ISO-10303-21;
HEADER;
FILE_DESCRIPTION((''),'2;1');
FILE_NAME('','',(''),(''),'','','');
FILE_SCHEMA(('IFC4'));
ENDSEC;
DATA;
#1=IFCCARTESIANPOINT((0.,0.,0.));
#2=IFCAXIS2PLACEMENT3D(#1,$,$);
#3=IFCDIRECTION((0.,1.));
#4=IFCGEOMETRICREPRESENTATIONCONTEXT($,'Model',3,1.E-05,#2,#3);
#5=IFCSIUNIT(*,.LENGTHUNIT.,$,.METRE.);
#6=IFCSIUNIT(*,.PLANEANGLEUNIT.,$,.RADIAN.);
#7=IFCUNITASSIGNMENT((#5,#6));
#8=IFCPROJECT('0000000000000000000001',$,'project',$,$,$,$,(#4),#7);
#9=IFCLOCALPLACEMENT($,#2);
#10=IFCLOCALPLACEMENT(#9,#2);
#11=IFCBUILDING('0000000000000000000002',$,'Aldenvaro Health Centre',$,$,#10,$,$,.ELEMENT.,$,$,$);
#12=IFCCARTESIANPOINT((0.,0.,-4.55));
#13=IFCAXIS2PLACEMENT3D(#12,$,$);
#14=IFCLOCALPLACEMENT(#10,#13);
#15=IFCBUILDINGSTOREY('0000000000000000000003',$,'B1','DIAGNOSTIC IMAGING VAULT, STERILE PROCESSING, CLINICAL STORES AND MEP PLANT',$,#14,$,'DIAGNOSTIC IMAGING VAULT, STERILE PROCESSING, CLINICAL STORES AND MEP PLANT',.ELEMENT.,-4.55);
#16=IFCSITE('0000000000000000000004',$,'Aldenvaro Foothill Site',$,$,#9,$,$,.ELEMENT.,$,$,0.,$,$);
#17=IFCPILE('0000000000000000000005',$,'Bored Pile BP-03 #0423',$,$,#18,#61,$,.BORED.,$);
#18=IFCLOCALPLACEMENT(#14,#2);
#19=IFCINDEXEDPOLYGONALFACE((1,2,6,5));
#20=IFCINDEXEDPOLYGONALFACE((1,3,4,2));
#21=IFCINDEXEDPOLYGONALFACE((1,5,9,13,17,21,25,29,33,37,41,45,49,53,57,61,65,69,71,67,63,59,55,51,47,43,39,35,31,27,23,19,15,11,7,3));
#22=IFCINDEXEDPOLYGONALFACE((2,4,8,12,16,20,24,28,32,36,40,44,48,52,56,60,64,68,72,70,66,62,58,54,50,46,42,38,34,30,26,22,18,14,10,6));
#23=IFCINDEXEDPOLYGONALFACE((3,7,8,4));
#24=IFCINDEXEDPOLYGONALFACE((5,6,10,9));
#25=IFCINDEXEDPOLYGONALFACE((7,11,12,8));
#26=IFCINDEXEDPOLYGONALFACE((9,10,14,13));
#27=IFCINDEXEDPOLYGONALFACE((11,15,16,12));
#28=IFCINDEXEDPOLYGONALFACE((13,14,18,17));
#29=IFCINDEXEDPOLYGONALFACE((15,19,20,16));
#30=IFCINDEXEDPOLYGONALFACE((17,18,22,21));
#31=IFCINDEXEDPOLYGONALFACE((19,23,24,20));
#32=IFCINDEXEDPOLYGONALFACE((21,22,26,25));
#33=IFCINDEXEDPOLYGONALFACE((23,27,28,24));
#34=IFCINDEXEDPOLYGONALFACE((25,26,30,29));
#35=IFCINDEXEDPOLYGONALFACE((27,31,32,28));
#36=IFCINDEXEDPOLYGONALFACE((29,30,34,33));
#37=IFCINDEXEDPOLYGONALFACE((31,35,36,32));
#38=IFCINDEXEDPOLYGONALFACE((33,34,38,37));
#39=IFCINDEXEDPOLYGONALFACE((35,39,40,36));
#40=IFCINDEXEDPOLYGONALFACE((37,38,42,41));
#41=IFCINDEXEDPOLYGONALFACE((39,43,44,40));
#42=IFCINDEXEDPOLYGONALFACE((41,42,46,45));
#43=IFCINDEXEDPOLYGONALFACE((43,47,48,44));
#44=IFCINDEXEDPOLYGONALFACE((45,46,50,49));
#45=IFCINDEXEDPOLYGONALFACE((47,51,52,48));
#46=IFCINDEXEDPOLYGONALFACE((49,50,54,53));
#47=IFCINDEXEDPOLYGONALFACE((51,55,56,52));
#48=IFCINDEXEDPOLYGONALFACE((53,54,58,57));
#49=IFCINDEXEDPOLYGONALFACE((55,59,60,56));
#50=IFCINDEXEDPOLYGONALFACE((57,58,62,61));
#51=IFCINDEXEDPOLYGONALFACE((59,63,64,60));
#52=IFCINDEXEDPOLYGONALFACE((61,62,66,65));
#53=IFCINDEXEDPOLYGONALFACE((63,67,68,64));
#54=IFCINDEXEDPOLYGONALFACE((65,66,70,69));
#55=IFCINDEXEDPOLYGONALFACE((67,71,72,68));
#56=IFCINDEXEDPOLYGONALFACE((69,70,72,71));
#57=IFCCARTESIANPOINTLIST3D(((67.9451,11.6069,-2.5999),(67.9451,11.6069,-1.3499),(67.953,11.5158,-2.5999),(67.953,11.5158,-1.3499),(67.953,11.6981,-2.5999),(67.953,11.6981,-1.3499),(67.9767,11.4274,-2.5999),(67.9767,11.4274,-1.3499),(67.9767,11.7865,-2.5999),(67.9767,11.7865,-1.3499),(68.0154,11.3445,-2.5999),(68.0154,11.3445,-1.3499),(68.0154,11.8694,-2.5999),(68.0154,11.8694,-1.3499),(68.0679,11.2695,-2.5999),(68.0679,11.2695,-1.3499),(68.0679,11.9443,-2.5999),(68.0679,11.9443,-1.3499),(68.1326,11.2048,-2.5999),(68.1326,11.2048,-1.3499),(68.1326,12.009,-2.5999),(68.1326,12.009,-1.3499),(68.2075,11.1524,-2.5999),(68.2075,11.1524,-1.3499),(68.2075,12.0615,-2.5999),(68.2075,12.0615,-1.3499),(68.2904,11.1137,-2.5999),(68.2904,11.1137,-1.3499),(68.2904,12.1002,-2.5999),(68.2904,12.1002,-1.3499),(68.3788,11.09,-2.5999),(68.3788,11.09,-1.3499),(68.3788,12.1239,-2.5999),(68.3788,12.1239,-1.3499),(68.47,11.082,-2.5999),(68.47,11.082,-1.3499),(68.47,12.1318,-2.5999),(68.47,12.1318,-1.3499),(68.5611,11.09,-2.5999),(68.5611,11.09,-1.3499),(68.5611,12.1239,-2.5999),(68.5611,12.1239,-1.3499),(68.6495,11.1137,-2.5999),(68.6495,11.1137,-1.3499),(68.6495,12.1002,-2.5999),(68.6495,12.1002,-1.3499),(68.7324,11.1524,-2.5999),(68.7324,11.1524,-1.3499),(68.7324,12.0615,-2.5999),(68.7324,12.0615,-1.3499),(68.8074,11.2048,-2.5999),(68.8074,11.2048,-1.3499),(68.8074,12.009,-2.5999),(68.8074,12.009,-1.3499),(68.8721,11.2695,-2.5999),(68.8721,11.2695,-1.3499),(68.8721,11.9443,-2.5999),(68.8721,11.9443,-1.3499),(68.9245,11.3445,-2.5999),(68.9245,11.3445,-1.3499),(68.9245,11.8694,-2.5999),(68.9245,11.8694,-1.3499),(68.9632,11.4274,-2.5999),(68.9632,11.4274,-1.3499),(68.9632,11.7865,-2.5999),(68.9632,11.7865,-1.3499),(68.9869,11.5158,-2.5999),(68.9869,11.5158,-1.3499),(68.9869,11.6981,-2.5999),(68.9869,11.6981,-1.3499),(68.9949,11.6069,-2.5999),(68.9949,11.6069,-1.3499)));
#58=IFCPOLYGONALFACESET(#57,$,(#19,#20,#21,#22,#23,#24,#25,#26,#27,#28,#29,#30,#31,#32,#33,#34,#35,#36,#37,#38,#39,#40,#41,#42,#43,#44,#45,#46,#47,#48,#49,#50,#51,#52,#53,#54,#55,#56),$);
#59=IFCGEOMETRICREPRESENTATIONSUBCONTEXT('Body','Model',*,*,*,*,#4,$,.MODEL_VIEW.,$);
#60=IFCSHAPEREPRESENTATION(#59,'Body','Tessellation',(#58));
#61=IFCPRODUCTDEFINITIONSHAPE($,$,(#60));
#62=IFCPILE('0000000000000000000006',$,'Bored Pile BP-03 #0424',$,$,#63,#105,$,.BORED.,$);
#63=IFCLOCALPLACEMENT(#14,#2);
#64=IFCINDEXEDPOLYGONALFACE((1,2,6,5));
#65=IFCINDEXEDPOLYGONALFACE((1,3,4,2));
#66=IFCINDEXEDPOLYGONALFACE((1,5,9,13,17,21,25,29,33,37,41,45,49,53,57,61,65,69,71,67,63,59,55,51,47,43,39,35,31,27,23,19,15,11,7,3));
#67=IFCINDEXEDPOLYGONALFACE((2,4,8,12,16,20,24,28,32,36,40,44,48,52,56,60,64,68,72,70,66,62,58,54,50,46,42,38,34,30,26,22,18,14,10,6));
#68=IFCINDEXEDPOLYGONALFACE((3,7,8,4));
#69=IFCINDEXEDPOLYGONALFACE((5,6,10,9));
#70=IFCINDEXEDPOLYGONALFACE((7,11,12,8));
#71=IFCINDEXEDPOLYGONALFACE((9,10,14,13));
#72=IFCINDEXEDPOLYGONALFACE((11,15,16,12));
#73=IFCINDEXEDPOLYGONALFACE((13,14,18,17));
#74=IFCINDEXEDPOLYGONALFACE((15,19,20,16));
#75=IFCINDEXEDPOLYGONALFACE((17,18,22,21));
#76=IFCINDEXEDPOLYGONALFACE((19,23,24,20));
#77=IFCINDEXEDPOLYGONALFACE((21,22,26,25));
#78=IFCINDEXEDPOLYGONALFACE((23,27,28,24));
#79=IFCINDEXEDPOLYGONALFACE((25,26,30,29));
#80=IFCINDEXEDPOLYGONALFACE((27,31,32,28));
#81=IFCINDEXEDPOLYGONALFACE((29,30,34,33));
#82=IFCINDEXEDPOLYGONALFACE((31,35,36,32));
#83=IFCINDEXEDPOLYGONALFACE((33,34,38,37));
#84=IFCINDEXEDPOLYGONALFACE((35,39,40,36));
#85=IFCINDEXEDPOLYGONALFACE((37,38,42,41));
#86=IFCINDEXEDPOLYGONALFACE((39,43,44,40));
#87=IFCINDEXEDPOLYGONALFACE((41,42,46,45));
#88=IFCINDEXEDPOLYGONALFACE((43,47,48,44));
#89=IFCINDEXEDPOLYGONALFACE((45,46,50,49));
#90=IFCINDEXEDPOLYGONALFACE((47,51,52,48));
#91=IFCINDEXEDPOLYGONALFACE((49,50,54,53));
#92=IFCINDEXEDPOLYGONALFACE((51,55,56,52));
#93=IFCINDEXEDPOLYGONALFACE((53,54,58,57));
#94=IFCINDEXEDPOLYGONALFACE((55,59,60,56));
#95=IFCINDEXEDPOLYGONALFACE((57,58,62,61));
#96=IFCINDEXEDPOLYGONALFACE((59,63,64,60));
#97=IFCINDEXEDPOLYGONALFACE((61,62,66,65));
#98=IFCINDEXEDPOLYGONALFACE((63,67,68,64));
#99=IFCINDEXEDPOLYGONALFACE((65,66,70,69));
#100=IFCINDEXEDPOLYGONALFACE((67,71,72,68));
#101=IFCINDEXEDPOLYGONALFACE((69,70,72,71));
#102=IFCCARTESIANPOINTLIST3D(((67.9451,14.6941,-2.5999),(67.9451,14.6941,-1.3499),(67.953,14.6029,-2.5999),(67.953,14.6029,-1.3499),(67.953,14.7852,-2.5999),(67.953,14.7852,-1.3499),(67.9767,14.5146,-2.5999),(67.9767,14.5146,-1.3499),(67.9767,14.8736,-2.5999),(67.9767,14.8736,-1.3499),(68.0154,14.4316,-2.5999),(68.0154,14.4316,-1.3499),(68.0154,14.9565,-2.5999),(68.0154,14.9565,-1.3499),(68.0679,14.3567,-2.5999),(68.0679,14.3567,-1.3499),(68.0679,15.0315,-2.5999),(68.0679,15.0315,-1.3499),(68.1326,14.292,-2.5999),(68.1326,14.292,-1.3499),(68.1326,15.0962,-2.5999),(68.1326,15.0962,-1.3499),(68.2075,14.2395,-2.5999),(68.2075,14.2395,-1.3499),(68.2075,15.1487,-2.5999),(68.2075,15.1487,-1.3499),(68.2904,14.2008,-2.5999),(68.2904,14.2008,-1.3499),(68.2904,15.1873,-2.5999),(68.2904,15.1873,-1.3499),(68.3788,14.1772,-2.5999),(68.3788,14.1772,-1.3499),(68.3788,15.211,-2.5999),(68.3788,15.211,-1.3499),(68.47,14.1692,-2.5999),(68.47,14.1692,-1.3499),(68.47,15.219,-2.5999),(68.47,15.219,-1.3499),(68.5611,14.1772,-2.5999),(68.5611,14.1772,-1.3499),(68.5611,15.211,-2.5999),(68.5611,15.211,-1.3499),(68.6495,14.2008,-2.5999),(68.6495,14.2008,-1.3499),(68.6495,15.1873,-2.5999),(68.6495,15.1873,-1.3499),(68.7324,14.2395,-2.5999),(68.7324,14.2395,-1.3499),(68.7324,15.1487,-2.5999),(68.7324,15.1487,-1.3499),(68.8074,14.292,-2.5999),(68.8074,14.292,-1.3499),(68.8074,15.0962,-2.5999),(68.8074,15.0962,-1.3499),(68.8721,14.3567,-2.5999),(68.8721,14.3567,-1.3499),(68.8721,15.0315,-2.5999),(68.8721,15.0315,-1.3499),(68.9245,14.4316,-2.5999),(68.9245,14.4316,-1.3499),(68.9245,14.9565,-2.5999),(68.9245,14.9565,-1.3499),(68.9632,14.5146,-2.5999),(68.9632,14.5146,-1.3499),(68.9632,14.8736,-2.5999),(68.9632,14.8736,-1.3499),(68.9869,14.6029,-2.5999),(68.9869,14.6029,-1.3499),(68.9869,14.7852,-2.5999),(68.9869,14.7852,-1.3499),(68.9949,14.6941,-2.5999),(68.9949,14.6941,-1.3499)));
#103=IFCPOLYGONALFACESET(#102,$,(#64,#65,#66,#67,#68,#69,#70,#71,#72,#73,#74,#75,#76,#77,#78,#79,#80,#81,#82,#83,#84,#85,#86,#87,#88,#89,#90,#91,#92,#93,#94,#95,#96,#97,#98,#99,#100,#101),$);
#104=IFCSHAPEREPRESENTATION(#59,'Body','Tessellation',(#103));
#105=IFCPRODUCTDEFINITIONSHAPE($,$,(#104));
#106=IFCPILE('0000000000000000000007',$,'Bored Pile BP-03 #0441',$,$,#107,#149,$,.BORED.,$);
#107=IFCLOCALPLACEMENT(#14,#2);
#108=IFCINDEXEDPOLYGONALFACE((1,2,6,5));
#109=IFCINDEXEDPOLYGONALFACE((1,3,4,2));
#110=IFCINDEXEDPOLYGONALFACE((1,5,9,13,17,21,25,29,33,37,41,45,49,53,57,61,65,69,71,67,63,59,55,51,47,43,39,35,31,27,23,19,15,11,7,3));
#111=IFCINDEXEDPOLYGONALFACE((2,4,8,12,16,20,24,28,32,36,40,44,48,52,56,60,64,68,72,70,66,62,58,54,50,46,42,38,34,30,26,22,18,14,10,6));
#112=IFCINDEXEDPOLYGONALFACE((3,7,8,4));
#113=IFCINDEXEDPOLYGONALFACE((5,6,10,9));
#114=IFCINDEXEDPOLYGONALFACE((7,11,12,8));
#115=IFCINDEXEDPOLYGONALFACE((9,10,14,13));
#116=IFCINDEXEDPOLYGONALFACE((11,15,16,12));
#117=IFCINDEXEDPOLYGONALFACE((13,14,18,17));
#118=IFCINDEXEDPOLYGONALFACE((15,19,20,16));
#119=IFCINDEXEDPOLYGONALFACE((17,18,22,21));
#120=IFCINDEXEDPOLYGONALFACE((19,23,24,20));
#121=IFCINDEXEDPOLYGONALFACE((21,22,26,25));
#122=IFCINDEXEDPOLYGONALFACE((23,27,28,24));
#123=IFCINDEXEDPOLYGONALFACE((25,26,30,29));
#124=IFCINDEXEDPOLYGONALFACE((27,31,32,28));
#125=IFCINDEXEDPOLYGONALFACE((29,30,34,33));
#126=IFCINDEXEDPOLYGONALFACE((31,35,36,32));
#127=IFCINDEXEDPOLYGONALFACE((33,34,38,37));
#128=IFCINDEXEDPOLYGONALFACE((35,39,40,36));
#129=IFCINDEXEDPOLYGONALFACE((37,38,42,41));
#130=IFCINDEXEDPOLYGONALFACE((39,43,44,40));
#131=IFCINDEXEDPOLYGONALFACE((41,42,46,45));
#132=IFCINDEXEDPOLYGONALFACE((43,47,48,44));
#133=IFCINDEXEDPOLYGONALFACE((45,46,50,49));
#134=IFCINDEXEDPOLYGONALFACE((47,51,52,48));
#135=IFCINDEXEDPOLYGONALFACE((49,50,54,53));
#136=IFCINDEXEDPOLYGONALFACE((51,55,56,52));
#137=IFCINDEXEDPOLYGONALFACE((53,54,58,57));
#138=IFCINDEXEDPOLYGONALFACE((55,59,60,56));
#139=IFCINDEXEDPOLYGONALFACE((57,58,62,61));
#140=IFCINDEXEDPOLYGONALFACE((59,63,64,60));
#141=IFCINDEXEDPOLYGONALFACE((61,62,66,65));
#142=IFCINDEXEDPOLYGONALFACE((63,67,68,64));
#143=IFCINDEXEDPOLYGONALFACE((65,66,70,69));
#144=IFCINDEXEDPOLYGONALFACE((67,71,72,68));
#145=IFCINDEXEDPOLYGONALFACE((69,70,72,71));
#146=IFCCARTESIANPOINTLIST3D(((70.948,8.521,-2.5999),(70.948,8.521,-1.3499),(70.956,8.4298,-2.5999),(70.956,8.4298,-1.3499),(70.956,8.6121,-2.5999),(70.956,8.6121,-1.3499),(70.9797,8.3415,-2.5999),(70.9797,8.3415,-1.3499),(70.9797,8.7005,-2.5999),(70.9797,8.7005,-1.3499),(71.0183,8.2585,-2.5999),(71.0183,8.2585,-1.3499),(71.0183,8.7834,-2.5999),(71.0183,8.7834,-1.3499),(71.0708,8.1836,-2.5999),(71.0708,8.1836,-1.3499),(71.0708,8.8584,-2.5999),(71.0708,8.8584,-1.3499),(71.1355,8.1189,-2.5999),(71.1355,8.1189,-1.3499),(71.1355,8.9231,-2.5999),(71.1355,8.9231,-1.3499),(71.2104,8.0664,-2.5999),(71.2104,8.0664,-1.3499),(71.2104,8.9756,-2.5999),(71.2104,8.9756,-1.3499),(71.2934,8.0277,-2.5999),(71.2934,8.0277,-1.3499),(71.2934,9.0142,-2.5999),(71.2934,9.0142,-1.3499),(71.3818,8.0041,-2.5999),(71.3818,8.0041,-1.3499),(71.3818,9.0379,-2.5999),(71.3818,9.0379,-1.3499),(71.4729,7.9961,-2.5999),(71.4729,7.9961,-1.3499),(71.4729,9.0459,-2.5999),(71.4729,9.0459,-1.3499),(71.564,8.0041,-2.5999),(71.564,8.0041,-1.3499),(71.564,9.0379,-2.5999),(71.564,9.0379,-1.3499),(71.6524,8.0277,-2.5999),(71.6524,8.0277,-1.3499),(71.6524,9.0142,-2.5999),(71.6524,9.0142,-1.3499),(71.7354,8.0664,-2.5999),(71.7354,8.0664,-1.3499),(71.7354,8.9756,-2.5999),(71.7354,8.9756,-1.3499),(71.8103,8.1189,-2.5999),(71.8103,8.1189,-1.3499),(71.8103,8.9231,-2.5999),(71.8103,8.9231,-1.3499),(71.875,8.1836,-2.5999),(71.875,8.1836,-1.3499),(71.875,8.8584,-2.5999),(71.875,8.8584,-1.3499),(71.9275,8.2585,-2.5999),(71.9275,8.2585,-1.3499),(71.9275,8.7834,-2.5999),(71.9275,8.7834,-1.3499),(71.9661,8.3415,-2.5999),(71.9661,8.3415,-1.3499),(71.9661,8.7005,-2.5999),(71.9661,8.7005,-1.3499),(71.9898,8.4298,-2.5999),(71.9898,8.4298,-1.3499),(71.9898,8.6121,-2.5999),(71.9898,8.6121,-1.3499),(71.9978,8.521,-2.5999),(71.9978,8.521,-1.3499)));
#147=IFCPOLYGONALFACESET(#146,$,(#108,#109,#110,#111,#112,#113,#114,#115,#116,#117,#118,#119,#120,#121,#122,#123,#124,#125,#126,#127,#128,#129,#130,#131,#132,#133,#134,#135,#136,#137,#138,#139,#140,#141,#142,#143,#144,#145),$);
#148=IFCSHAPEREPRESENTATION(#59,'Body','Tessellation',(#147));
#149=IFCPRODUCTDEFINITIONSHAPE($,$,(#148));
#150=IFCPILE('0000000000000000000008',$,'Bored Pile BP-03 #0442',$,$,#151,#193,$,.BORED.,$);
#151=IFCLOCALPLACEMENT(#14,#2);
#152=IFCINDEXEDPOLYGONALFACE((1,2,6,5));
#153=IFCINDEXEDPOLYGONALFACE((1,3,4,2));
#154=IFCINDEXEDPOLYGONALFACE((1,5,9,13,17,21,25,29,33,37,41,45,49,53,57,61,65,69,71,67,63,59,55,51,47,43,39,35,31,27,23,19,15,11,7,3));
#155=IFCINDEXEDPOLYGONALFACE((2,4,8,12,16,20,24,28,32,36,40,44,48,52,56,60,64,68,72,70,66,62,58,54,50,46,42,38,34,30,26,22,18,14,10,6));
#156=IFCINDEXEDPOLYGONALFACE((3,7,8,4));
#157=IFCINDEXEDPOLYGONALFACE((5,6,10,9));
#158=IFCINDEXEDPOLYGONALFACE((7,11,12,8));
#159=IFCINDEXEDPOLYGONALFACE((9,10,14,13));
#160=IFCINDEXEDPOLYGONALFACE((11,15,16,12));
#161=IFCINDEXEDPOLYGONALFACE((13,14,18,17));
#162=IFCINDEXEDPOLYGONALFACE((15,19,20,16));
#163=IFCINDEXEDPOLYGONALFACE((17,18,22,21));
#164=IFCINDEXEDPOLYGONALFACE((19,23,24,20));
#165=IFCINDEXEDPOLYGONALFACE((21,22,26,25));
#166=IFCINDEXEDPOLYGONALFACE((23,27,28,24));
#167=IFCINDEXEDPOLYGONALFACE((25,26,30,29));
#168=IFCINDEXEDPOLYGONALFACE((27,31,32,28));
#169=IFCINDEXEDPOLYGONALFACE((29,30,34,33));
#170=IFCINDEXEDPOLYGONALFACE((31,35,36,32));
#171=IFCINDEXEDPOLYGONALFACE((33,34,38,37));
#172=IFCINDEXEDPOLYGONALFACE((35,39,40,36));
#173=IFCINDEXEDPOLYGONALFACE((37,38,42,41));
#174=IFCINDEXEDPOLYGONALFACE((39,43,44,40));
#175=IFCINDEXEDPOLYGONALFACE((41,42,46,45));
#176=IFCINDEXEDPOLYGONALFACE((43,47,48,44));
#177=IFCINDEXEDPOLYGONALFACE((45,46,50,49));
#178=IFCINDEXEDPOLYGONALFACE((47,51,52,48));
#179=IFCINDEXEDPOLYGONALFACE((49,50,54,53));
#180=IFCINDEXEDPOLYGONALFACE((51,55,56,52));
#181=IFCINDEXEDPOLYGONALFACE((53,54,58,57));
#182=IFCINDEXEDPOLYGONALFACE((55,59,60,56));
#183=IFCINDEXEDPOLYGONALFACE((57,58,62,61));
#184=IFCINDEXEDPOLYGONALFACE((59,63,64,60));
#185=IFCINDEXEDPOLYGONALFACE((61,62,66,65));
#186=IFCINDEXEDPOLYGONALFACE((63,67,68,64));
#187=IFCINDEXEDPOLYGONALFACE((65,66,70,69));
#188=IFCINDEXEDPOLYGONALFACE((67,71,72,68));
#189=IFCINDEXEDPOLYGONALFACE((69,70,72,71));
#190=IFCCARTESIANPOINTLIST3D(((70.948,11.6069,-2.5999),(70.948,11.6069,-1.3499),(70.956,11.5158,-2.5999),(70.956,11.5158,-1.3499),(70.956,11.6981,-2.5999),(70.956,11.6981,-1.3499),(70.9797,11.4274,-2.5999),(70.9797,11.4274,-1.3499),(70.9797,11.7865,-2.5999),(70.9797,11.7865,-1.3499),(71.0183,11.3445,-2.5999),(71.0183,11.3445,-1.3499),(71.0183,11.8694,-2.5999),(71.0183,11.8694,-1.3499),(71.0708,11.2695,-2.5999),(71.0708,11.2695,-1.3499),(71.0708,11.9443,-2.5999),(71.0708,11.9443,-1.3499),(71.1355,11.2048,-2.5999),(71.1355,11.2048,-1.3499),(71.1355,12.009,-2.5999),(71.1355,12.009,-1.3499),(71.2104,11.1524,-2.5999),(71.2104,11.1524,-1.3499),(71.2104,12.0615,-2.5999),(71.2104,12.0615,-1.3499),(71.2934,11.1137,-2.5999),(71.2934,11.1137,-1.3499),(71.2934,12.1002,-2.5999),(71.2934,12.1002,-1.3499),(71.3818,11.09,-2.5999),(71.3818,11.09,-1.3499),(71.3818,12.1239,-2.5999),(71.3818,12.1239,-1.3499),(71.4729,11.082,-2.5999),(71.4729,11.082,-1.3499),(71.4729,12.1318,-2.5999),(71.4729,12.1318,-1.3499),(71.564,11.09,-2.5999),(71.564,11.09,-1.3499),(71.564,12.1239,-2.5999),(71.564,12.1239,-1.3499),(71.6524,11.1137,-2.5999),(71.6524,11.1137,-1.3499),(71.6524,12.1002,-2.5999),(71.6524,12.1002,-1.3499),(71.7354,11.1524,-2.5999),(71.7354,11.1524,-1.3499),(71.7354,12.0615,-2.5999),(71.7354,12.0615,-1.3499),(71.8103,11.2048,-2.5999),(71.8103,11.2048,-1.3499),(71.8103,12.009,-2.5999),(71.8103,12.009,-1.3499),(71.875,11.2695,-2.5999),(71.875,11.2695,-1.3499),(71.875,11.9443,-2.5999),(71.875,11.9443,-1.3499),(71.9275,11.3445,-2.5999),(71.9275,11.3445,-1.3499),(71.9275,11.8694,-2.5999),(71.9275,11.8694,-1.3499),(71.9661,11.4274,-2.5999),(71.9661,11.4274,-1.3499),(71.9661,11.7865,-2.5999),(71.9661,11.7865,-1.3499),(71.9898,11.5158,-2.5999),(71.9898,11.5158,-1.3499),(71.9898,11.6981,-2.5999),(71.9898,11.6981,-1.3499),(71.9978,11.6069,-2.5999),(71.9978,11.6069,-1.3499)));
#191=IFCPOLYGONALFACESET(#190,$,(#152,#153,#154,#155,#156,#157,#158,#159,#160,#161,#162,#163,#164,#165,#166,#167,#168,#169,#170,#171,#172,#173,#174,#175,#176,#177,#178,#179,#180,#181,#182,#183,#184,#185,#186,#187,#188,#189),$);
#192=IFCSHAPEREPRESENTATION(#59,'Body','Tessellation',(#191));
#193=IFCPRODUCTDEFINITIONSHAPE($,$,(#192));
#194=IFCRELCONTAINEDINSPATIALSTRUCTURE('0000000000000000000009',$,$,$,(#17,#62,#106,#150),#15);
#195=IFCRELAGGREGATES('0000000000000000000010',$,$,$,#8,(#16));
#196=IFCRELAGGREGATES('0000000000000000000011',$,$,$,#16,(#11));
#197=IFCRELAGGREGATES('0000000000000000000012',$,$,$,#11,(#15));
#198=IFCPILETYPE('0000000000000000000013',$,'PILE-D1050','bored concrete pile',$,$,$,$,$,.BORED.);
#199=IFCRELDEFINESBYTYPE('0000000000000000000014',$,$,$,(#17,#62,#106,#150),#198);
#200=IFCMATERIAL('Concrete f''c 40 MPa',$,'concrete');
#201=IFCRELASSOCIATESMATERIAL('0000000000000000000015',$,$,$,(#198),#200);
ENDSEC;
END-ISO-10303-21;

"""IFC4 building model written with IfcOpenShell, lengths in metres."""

from ifc_helpers import new_model, si_unit, direction, frame, origin, origin_2d, place, context, subcontext, project, spatial, circle, extrude, material, material_profile, profile_set, type_object, element, save


model = new_model("IFC4")

# Units and contexts
model_context = context("Model", 3, precision=1e-05, world=origin(), true_north=direction((0.0, 1.0)))
body_context = subcontext(model_context, "Body", "Model", "MODEL_VIEW")
ifc_project = project(units=[si_unit("LENGTHUNIT", "METRE"), si_unit("PLANEANGLEUNIT", "RADIAN")], contexts=[model_context])

# Site, building, storey
site_placement = place(None, origin())
site = spatial("IfcSite", under=ifc_project, at=site_placement, Name="Aldenvaro Foothill Site", CompositionType="ELEMENT", RefElevation=0.0)
building_placement = place(site_placement, origin())
building = spatial("IfcBuilding", under=site, at=building_placement, Name="Aldenvaro Health Centre", CompositionType="ELEMENT")
storey_placement = place(building_placement, frame((0.0, 0.0, -4.55)))
storey = spatial("IfcBuildingStorey", under=building, at=storey_placement, Name="B1", Description="DIAGNOSTIC IMAGING VAULT, STERILE PROCESSING, CLINICAL STORES AND MEP PLANT", LongName="DIAGNOSTIC IMAGING VAULT, STERILE PROCESSING, CLINICAL STORES AND MEP PLANT", CompositionType="ELEMENT", Elevation=-4.55)

# Piles
ifc_material_1 = material(Name="Concrete f'c 40 MPa", Category="concrete")
ifc_material_profile_1 = material_profile(ifc_material_1, circle(Radius=0.5249, at=origin_2d()), Name="PILE D1050", Category="concrete")
ifc_profile_set_1 = profile_set([ifc_material_profile_1], Name="Concrete f'c 40 MPa")
pile_type = type_object("IfcPileType", Name="PILE-D1050", Description="bored concrete pile", PredefinedType="BORED", material=ifc_profile_set_1)
for number, where, z_axis, x_axis, name in (
    (1, (68.47, 11.6069, -1.3499), (0.0, 0.0, -1.0), (1.0, 0.0, 0.0), "Bored Pile BP-03 #0423"),
    (2, (68.47, 14.6941, -1.3499), (0.0, 0.0, -1.0), (1.0, 0.0, 0.0), "Bored Pile BP-03 #0424"),
    (3, (71.4729, 8.521, -1.3499), (0.0, 0.0, -1.0), (1.0, 0.0, 0.0), "Bored Pile BP-03 #0441"),
    (4, (71.4729, 11.6069, -1.3499), (0.0, 0.0, -1.0), (1.0, 0.0, 0.0), "Bored Pile BP-03 #0442"),
):
    element("IfcPile", number, at=place(storey_placement, frame(where, z_axis=z_axis, x_axis=x_axis)), inside=storey, type_object=pile_type, Name=name, PredefinedType="BORED", context=body_context, shape_type="SweptSolid", body=[
        extrude(circle(Radius=0.5249, at=origin_2d()), origin(), (0.0, 0.0, 1.0), 1.25),
    ])

save(model, "model.ifc")
